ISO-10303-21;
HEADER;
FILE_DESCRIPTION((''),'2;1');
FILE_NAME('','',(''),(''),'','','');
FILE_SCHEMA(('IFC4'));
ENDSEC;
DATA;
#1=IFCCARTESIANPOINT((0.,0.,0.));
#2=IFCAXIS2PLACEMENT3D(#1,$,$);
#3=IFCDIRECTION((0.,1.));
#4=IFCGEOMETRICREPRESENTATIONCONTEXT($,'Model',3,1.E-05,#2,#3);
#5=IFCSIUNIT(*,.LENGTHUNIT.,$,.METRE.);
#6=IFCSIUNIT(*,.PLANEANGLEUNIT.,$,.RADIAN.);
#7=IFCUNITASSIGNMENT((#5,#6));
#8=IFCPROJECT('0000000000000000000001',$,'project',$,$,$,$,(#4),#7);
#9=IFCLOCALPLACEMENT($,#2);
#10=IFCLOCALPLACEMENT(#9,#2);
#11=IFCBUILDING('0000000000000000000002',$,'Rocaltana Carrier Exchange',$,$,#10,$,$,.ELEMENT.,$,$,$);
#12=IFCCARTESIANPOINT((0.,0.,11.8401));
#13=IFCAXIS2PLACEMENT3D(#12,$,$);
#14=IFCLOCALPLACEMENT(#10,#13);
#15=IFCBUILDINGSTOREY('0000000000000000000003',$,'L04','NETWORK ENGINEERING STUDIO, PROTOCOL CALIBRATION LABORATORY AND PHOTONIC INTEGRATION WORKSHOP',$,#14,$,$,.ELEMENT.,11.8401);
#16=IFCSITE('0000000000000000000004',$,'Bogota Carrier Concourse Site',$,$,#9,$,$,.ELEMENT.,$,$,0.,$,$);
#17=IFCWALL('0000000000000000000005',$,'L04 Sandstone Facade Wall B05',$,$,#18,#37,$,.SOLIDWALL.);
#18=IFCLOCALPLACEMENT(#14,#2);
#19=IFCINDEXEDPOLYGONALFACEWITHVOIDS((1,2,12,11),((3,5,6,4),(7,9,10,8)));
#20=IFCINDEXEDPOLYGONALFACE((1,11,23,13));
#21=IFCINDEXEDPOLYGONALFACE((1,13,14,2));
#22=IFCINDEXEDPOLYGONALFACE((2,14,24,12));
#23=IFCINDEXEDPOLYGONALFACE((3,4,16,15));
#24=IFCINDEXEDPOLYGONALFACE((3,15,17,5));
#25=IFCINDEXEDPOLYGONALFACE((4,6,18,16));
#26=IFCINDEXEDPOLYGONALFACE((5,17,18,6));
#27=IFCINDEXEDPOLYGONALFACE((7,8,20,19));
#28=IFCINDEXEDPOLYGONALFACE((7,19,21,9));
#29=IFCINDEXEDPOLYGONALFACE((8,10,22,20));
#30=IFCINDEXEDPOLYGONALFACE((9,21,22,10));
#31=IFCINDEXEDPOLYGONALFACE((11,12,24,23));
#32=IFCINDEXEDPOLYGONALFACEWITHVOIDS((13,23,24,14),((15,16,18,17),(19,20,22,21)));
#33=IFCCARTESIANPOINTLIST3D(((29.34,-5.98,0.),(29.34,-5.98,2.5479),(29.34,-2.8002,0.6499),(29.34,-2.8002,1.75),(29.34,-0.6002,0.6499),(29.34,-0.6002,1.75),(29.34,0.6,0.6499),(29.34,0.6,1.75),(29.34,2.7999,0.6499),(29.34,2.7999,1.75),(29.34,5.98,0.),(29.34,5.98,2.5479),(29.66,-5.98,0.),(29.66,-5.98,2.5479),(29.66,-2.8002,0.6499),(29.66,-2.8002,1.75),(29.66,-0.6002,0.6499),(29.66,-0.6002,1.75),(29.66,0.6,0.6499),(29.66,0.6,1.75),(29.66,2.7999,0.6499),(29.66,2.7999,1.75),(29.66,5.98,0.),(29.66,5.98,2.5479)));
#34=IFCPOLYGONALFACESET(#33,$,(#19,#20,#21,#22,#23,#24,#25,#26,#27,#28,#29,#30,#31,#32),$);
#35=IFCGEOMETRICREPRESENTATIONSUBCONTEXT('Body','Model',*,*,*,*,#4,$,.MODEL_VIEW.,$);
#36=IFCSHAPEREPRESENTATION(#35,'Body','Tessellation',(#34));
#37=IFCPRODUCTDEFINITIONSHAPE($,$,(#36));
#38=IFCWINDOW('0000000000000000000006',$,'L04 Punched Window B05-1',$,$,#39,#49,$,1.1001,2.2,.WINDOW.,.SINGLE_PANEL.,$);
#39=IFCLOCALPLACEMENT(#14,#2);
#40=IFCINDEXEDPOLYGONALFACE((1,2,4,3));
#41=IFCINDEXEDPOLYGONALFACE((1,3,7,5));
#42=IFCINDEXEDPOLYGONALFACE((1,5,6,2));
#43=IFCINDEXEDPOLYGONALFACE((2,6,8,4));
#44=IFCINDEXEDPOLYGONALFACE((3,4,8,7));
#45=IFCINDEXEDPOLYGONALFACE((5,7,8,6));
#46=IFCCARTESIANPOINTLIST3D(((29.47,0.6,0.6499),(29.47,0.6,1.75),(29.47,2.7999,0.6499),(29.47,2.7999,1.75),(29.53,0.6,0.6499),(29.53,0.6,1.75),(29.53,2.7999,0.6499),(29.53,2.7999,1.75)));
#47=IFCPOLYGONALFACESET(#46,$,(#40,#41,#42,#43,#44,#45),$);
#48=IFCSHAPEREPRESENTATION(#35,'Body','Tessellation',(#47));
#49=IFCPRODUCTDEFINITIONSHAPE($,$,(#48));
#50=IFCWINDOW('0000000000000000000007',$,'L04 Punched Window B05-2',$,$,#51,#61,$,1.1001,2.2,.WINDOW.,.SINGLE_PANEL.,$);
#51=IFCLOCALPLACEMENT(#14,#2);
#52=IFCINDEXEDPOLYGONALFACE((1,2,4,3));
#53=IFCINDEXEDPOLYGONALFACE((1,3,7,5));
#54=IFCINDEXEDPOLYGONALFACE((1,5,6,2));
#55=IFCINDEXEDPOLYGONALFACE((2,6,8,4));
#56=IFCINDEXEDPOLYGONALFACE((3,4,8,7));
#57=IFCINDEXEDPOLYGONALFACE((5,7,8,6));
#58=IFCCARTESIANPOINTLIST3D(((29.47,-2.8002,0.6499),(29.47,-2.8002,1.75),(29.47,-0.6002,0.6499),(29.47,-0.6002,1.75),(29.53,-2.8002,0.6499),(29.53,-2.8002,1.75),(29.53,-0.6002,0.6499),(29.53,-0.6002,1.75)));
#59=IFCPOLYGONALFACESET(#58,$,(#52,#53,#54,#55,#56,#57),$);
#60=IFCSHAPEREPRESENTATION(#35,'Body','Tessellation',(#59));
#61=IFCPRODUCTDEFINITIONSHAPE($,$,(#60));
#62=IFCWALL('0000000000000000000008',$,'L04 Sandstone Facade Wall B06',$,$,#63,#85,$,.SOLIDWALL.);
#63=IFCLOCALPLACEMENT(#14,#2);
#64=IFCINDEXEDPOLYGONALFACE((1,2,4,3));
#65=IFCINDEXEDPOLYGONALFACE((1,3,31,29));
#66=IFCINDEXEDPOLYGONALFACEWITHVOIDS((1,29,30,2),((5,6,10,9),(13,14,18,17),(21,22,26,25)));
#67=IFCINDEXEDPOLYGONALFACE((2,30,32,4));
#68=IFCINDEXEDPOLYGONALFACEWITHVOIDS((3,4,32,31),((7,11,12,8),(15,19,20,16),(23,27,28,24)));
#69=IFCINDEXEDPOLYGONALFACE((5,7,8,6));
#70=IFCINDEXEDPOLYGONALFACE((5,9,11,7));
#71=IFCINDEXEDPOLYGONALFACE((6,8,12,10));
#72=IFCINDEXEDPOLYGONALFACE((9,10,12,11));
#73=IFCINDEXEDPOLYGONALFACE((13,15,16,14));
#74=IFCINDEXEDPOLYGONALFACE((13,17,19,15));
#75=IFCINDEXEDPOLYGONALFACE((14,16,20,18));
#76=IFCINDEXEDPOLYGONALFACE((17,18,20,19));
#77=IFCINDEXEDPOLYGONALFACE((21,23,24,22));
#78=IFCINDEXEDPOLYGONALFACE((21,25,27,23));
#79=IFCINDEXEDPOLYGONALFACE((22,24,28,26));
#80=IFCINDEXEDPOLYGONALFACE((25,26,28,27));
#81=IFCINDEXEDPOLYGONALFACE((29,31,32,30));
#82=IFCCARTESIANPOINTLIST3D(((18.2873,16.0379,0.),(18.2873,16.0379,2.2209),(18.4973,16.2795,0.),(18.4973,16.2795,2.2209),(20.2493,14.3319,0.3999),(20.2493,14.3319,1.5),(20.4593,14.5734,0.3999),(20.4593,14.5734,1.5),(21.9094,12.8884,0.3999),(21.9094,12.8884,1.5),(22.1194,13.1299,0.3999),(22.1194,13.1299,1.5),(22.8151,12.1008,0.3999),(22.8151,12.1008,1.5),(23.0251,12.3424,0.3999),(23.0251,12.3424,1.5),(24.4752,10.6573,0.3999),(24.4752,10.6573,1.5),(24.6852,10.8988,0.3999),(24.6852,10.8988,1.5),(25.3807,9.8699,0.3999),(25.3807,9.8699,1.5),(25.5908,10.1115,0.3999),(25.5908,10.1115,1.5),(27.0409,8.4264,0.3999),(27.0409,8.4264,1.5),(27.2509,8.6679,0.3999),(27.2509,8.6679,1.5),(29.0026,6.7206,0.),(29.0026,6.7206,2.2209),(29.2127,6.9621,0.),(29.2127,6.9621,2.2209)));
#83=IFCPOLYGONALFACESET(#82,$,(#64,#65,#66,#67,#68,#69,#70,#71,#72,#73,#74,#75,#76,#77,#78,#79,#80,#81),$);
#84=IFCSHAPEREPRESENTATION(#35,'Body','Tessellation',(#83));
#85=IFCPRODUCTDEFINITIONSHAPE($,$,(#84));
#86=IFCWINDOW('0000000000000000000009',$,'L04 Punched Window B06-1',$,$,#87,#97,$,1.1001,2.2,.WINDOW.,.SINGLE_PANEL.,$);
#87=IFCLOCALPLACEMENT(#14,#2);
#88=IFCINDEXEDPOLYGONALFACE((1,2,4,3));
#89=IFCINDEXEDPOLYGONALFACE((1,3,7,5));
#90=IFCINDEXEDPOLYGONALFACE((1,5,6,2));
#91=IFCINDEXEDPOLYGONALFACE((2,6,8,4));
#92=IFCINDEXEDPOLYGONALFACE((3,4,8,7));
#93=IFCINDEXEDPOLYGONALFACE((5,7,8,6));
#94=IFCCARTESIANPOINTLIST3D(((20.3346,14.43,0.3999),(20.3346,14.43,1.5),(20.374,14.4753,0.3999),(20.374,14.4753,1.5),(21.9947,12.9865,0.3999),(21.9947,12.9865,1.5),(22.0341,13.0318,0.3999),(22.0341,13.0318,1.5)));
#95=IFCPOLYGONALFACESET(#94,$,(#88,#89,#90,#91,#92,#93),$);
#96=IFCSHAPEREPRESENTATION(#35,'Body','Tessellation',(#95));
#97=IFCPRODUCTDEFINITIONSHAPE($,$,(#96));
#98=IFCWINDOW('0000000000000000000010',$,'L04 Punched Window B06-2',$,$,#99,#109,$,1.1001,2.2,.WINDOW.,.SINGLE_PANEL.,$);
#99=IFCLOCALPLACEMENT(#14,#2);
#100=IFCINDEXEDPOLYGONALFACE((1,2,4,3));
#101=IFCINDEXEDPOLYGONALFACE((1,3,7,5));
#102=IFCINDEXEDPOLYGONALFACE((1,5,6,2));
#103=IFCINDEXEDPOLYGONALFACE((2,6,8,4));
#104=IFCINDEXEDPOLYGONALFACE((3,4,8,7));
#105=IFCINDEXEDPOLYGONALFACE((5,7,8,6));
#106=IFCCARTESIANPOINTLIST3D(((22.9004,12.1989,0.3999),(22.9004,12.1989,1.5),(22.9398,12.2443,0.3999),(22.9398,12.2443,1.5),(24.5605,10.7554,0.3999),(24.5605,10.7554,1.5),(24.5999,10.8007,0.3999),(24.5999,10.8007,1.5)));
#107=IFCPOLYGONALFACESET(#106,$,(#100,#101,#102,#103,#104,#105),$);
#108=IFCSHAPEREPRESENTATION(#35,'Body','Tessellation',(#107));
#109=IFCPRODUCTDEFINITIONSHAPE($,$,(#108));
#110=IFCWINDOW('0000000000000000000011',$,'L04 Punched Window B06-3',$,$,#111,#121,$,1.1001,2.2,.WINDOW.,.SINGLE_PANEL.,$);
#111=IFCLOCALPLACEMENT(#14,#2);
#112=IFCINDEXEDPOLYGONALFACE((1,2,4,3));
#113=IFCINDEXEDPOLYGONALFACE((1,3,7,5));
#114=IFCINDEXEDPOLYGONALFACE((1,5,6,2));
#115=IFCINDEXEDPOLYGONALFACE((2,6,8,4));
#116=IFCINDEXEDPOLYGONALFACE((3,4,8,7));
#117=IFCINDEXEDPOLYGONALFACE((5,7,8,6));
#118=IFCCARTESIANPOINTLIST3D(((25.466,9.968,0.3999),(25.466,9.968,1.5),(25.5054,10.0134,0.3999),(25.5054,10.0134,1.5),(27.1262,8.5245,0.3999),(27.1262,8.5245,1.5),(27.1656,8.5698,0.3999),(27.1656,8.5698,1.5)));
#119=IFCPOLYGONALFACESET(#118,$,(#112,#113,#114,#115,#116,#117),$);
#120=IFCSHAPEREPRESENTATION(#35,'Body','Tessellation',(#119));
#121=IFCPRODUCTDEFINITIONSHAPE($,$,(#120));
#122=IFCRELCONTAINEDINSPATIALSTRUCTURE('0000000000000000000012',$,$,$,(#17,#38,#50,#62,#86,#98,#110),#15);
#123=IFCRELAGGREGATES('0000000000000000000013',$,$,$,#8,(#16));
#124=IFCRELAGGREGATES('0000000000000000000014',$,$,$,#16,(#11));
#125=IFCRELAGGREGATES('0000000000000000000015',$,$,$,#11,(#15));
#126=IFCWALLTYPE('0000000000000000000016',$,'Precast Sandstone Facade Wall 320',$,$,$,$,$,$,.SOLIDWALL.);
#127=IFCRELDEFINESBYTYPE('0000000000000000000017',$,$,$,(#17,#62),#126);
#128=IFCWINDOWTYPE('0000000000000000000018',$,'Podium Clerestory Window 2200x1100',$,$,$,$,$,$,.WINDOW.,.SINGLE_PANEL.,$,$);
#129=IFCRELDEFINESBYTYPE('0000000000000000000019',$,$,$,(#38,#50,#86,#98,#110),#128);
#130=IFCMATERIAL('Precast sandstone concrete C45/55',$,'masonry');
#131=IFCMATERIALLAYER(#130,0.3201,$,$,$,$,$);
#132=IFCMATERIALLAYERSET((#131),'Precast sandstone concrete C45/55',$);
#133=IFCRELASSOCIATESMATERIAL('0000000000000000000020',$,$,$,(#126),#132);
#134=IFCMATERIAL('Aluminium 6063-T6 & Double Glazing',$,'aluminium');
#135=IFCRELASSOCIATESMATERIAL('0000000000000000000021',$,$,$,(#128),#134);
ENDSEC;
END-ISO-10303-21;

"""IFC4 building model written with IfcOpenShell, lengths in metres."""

from ifc_helpers import new_model, si_unit, direction, frame, frame_2d, origin, place, context, subcontext, project, spatial, rectangle, extrude, material, layer, layer_set, type_object, element, fill, save


model = new_model("IFC4")

# Units and contexts
model_context = context("Model", 3, precision=1e-05, world=origin(), true_north=direction((0.0, 1.0)))
body_context = subcontext(model_context, "Body", "Model", "MODEL_VIEW")
ifc_project = project(units=[si_unit("LENGTHUNIT", "METRE"), si_unit("PLANEANGLEUNIT", "RADIAN")], contexts=[model_context])

# Site, building, storey
site_placement = place(None, origin())
site = spatial("IfcSite", under=ifc_project, at=site_placement, Name="Bogota Carrier Concourse Site", CompositionType="ELEMENT", RefElevation=0.0)
building_placement = place(site_placement, origin())
building = spatial("IfcBuilding", under=site, at=building_placement, Name="Rocaltana Carrier Exchange", CompositionType="ELEMENT")
storey_placement = place(building_placement, frame((0.0, 0.0, 11.8401)))
storey = spatial("IfcBuildingStorey", under=building, at=storey_placement, Name="L04", Description="NETWORK ENGINEERING STUDIO, PROTOCOL CALIBRATION LABORATORY AND PHOTONIC INTEGRATION WORKSHOP", CompositionType="ELEMENT", Elevation=11.8401)

# Walls, openings, windows
ifc_material_1 = material(Name="Precast sandstone concrete C45/55", Category="masonry")
ifc_layer_1 = layer(ifc_material_1, 0.3201)
ifc_layer_set_1 = layer_set([ifc_layer_1], Name="Precast sandstone concrete C45/55")
wall_type_1 = type_object("IfcWallType", Name="Precast Sandstone Facade Wall 320", PredefinedType="SOLIDWALL", material=ifc_layer_set_1)
wall_1_placement = place(storey_placement, frame((29.5, 5.98, 0.0), z_axis=(0.0, 0.0, 1.0), x_axis=(0.0, -1.0, 0.0)))
wall_1 = element("IfcWall", 1, at=wall_1_placement, inside=storey, type_object=wall_type_1, Name="L04 Sandstone Facade Wall B05", PredefinedType="SOLIDWALL", context=body_context, shape_type="SweptSolid", body=[
    extrude(rectangle(XDim=11.96, YDim=0.3201, at=frame_2d((5.98, 0.0))), origin(), (0.0, 0.0, 1.0), 2.5479),
])
opening_1_placement = place(wall_1_placement, frame((3.1799, 0.0, 0.6499)))
opening_1 = element("IfcOpeningElement", 2, at=opening_1_placement, cuts=wall_1, PredefinedType="OPENING", context=body_context, shape_type="SweptSolid", body=[
    extrude(rectangle(XDim=2.2, YDim=1.1001, at=frame_2d((1.1001, 0.55))), frame((0.0, 0.1699, 0.0), z_axis=(0.0, -1.0, 0.0), x_axis=(1.0, 0.0, 0.0)), (0.0, 0.0, 1.0), 0.3401),
])
opening_2_placement = place(wall_1_placement, frame((6.5801, 0.0, 0.6499)))
opening_2 = element("IfcOpeningElement", 3, at=opening_2_placement, cuts=wall_1, PredefinedType="OPENING", context=body_context, shape_type="SweptSolid", body=[
    extrude(rectangle(XDim=2.2, YDim=1.1001, at=frame_2d((1.1001, 0.55))), frame((0.0, 0.1699, 0.0), z_axis=(0.0, -1.0, 0.0), x_axis=(1.0, 0.0, 0.0)), (0.0, 0.0, 1.0), 0.3401),
])
ifc_material_2 = material(Name="Aluminium 6063-T6 & Double Glazing", Category="aluminium")
window_type = type_object("IfcWindowType", Name="Podium Clerestory Window 2200x1100", PartitioningType="SINGLE_PANEL", PredefinedType="WINDOW", material=ifc_material_2)
window_1_placement = place(opening_1_placement, origin())
window_1 = element("IfcWindow", 4, at=window_1_placement, inside=storey, type_object=window_type, Name="L04 Punched Window B05-1", OverallHeight=1.1001, OverallWidth=2.2, PartitioningType="SINGLE_PANEL", PredefinedType="WINDOW", context=body_context, shape_type="SweptSolid", body=[
    extrude(rectangle(XDim=2.2, YDim=1.1001, at=frame_2d((1.1001, 0.55))), frame((0.0, 0.03, 0.0), z_axis=(0.0, -1.0, 0.0), x_axis=(1.0, 0.0, 0.0)), (0.0, 0.0, 1.0), 0.0601),
])
fill(opening_1, window_1)
window_2_placement = place(opening_2_placement, origin())
window_2 = element("IfcWindow", 5, at=window_2_placement, inside=storey, type_object=window_type, Name="L04 Punched Window B05-2", OverallHeight=1.1001, OverallWidth=2.2, PartitioningType="SINGLE_PANEL", PredefinedType="WINDOW", context=body_context, shape_type="SweptSolid", body=[
    extrude(rectangle(XDim=2.2, YDim=1.1001, at=frame_2d((1.1001, 0.55))), frame((0.0, 0.03, 0.0), z_axis=(0.0, -1.0, 0.0), x_axis=(1.0, 0.0, 0.0)), (0.0, 0.0, 1.0), 0.0601),
])
fill(opening_2, window_2)
wall_2_placement = place(storey_placement, frame((18.3923, 16.1587, 0.0), z_axis=(0.0, 0.0, 1.0), x_axis=(0.754616, -0.656167, 0.0)))
wall_2 = element("IfcWall", 6, at=wall_2_placement, inside=storey, type_object=wall_type_1, Name="L04 Sandstone Facade Wall B06", PredefinedType="SOLIDWALL", context=body_context, shape_type="SweptSolid", body=[
    extrude(rectangle(XDim=14.1997, YDim=0.3201, at=frame_2d((7.0999, 0.0))), origin(), (0.0, 0.0, 1.0), 2.2209),
])
opening_3_placement = place(wall_2_placement, frame((2.5999, 0.0, 0.3999)))
opening_3 = element("IfcOpeningElement", 7, at=opening_3_placement, cuts=wall_2, PredefinedType="OPENING", context=body_context, shape_type="SweptSolid", body=[
    extrude(rectangle(XDim=2.2, YDim=1.1001, at=frame_2d((1.1001, 0.55))), frame((0.0, 0.1699, 0.0), z_axis=(0.0, -1.0, 0.0), x_axis=(1.0, 0.0, 0.0)), (0.0, 0.0, 1.0), 0.3401),
])
opening_4_placement = place(wall_2_placement, frame((6.0, 0.0, 0.3999)))
opening_4 = element("IfcOpeningElement", 8, at=opening_4_placement, cuts=wall_2, PredefinedType="OPENING", context=body_context, shape_type="SweptSolid", body=[
    extrude(rectangle(XDim=2.2, YDim=1.1001, at=frame_2d((1.1001, 0.55))), frame((0.0, 0.1699, 0.0), z_axis=(0.0, -1.0, 0.0), x_axis=(1.0, 0.0, 0.0)), (0.0, 0.0, 1.0), 0.3401),
])
opening_5_placement = place(wall_2_placement, frame((9.3999, 0.0, 0.3999)))
opening_5 = element("IfcOpeningElement", 9, at=opening_5_placement, cuts=wall_2, PredefinedType="OPENING", context=body_context, shape_type="SweptSolid", body=[
    extrude(rectangle(XDim=2.2, YDim=1.1001, at=frame_2d((1.1001, 0.55))), frame((0.0, 0.1699, 0.0), z_axis=(0.0, -1.0, 0.0), x_axis=(1.0, 0.0, 0.0)), (0.0, 0.0, 1.0), 0.3401),
])
window_3_placement = place(opening_3_placement, origin())
window_3 = element("IfcWindow", 10, at=window_3_placement, inside=storey, type_object=window_type, Name="L04 Punched Window B06-1", OverallHeight=1.1001, OverallWidth=2.2, PartitioningType="SINGLE_PANEL", PredefinedType="WINDOW", context=body_context, shape_type="SweptSolid", body=[
    extrude(rectangle(XDim=2.2, YDim=1.1001, at=frame_2d((1.1001, 0.55))), frame((0.0, 0.03, 0.0), z_axis=(0.0, -1.0, 0.0), x_axis=(1.0, 0.0, 0.0)), (0.0, 0.0, 1.0), 0.0601),
])
fill(opening_3, window_3)
window_4_placement = place(opening_4_placement, origin())
window_4 = element("IfcWindow", 11, at=window_4_placement, inside=storey, type_object=window_type, Name="L04 Punched Window B06-2", OverallHeight=1.1001, OverallWidth=2.2, PartitioningType="SINGLE_PANEL", PredefinedType="WINDOW", context=body_context, shape_type="SweptSolid", body=[
    extrude(rectangle(XDim=2.2, YDim=1.1001, at=frame_2d((1.1001, 0.55))), frame((0.0, 0.03, 0.0), z_axis=(0.0, -1.0, 0.0), x_axis=(1.0, 0.0, 0.0)), (0.0, 0.0, 1.0), 0.0601),
])
fill(opening_4, window_4)
window_5_placement = place(opening_5_placement, origin())
window_5 = element("IfcWindow", 12, at=window_5_placement, inside=storey, type_object=window_type, Name="L04 Punched Window B06-3", OverallHeight=1.1001, OverallWidth=2.2, PartitioningType="SINGLE_PANEL", PredefinedType="WINDOW", context=body_context, shape_type="SweptSolid", body=[
    extrude(rectangle(XDim=2.2, YDim=1.1001, at=frame_2d((1.1001, 0.55))), frame((0.0, 0.03, 0.0), z_axis=(0.0, -1.0, 0.0), x_axis=(1.0, 0.0, 0.0)), (0.0, 0.0, 1.0), 0.0601),
])
fill(opening_5, window_5)

save(model, "model.ifc")
